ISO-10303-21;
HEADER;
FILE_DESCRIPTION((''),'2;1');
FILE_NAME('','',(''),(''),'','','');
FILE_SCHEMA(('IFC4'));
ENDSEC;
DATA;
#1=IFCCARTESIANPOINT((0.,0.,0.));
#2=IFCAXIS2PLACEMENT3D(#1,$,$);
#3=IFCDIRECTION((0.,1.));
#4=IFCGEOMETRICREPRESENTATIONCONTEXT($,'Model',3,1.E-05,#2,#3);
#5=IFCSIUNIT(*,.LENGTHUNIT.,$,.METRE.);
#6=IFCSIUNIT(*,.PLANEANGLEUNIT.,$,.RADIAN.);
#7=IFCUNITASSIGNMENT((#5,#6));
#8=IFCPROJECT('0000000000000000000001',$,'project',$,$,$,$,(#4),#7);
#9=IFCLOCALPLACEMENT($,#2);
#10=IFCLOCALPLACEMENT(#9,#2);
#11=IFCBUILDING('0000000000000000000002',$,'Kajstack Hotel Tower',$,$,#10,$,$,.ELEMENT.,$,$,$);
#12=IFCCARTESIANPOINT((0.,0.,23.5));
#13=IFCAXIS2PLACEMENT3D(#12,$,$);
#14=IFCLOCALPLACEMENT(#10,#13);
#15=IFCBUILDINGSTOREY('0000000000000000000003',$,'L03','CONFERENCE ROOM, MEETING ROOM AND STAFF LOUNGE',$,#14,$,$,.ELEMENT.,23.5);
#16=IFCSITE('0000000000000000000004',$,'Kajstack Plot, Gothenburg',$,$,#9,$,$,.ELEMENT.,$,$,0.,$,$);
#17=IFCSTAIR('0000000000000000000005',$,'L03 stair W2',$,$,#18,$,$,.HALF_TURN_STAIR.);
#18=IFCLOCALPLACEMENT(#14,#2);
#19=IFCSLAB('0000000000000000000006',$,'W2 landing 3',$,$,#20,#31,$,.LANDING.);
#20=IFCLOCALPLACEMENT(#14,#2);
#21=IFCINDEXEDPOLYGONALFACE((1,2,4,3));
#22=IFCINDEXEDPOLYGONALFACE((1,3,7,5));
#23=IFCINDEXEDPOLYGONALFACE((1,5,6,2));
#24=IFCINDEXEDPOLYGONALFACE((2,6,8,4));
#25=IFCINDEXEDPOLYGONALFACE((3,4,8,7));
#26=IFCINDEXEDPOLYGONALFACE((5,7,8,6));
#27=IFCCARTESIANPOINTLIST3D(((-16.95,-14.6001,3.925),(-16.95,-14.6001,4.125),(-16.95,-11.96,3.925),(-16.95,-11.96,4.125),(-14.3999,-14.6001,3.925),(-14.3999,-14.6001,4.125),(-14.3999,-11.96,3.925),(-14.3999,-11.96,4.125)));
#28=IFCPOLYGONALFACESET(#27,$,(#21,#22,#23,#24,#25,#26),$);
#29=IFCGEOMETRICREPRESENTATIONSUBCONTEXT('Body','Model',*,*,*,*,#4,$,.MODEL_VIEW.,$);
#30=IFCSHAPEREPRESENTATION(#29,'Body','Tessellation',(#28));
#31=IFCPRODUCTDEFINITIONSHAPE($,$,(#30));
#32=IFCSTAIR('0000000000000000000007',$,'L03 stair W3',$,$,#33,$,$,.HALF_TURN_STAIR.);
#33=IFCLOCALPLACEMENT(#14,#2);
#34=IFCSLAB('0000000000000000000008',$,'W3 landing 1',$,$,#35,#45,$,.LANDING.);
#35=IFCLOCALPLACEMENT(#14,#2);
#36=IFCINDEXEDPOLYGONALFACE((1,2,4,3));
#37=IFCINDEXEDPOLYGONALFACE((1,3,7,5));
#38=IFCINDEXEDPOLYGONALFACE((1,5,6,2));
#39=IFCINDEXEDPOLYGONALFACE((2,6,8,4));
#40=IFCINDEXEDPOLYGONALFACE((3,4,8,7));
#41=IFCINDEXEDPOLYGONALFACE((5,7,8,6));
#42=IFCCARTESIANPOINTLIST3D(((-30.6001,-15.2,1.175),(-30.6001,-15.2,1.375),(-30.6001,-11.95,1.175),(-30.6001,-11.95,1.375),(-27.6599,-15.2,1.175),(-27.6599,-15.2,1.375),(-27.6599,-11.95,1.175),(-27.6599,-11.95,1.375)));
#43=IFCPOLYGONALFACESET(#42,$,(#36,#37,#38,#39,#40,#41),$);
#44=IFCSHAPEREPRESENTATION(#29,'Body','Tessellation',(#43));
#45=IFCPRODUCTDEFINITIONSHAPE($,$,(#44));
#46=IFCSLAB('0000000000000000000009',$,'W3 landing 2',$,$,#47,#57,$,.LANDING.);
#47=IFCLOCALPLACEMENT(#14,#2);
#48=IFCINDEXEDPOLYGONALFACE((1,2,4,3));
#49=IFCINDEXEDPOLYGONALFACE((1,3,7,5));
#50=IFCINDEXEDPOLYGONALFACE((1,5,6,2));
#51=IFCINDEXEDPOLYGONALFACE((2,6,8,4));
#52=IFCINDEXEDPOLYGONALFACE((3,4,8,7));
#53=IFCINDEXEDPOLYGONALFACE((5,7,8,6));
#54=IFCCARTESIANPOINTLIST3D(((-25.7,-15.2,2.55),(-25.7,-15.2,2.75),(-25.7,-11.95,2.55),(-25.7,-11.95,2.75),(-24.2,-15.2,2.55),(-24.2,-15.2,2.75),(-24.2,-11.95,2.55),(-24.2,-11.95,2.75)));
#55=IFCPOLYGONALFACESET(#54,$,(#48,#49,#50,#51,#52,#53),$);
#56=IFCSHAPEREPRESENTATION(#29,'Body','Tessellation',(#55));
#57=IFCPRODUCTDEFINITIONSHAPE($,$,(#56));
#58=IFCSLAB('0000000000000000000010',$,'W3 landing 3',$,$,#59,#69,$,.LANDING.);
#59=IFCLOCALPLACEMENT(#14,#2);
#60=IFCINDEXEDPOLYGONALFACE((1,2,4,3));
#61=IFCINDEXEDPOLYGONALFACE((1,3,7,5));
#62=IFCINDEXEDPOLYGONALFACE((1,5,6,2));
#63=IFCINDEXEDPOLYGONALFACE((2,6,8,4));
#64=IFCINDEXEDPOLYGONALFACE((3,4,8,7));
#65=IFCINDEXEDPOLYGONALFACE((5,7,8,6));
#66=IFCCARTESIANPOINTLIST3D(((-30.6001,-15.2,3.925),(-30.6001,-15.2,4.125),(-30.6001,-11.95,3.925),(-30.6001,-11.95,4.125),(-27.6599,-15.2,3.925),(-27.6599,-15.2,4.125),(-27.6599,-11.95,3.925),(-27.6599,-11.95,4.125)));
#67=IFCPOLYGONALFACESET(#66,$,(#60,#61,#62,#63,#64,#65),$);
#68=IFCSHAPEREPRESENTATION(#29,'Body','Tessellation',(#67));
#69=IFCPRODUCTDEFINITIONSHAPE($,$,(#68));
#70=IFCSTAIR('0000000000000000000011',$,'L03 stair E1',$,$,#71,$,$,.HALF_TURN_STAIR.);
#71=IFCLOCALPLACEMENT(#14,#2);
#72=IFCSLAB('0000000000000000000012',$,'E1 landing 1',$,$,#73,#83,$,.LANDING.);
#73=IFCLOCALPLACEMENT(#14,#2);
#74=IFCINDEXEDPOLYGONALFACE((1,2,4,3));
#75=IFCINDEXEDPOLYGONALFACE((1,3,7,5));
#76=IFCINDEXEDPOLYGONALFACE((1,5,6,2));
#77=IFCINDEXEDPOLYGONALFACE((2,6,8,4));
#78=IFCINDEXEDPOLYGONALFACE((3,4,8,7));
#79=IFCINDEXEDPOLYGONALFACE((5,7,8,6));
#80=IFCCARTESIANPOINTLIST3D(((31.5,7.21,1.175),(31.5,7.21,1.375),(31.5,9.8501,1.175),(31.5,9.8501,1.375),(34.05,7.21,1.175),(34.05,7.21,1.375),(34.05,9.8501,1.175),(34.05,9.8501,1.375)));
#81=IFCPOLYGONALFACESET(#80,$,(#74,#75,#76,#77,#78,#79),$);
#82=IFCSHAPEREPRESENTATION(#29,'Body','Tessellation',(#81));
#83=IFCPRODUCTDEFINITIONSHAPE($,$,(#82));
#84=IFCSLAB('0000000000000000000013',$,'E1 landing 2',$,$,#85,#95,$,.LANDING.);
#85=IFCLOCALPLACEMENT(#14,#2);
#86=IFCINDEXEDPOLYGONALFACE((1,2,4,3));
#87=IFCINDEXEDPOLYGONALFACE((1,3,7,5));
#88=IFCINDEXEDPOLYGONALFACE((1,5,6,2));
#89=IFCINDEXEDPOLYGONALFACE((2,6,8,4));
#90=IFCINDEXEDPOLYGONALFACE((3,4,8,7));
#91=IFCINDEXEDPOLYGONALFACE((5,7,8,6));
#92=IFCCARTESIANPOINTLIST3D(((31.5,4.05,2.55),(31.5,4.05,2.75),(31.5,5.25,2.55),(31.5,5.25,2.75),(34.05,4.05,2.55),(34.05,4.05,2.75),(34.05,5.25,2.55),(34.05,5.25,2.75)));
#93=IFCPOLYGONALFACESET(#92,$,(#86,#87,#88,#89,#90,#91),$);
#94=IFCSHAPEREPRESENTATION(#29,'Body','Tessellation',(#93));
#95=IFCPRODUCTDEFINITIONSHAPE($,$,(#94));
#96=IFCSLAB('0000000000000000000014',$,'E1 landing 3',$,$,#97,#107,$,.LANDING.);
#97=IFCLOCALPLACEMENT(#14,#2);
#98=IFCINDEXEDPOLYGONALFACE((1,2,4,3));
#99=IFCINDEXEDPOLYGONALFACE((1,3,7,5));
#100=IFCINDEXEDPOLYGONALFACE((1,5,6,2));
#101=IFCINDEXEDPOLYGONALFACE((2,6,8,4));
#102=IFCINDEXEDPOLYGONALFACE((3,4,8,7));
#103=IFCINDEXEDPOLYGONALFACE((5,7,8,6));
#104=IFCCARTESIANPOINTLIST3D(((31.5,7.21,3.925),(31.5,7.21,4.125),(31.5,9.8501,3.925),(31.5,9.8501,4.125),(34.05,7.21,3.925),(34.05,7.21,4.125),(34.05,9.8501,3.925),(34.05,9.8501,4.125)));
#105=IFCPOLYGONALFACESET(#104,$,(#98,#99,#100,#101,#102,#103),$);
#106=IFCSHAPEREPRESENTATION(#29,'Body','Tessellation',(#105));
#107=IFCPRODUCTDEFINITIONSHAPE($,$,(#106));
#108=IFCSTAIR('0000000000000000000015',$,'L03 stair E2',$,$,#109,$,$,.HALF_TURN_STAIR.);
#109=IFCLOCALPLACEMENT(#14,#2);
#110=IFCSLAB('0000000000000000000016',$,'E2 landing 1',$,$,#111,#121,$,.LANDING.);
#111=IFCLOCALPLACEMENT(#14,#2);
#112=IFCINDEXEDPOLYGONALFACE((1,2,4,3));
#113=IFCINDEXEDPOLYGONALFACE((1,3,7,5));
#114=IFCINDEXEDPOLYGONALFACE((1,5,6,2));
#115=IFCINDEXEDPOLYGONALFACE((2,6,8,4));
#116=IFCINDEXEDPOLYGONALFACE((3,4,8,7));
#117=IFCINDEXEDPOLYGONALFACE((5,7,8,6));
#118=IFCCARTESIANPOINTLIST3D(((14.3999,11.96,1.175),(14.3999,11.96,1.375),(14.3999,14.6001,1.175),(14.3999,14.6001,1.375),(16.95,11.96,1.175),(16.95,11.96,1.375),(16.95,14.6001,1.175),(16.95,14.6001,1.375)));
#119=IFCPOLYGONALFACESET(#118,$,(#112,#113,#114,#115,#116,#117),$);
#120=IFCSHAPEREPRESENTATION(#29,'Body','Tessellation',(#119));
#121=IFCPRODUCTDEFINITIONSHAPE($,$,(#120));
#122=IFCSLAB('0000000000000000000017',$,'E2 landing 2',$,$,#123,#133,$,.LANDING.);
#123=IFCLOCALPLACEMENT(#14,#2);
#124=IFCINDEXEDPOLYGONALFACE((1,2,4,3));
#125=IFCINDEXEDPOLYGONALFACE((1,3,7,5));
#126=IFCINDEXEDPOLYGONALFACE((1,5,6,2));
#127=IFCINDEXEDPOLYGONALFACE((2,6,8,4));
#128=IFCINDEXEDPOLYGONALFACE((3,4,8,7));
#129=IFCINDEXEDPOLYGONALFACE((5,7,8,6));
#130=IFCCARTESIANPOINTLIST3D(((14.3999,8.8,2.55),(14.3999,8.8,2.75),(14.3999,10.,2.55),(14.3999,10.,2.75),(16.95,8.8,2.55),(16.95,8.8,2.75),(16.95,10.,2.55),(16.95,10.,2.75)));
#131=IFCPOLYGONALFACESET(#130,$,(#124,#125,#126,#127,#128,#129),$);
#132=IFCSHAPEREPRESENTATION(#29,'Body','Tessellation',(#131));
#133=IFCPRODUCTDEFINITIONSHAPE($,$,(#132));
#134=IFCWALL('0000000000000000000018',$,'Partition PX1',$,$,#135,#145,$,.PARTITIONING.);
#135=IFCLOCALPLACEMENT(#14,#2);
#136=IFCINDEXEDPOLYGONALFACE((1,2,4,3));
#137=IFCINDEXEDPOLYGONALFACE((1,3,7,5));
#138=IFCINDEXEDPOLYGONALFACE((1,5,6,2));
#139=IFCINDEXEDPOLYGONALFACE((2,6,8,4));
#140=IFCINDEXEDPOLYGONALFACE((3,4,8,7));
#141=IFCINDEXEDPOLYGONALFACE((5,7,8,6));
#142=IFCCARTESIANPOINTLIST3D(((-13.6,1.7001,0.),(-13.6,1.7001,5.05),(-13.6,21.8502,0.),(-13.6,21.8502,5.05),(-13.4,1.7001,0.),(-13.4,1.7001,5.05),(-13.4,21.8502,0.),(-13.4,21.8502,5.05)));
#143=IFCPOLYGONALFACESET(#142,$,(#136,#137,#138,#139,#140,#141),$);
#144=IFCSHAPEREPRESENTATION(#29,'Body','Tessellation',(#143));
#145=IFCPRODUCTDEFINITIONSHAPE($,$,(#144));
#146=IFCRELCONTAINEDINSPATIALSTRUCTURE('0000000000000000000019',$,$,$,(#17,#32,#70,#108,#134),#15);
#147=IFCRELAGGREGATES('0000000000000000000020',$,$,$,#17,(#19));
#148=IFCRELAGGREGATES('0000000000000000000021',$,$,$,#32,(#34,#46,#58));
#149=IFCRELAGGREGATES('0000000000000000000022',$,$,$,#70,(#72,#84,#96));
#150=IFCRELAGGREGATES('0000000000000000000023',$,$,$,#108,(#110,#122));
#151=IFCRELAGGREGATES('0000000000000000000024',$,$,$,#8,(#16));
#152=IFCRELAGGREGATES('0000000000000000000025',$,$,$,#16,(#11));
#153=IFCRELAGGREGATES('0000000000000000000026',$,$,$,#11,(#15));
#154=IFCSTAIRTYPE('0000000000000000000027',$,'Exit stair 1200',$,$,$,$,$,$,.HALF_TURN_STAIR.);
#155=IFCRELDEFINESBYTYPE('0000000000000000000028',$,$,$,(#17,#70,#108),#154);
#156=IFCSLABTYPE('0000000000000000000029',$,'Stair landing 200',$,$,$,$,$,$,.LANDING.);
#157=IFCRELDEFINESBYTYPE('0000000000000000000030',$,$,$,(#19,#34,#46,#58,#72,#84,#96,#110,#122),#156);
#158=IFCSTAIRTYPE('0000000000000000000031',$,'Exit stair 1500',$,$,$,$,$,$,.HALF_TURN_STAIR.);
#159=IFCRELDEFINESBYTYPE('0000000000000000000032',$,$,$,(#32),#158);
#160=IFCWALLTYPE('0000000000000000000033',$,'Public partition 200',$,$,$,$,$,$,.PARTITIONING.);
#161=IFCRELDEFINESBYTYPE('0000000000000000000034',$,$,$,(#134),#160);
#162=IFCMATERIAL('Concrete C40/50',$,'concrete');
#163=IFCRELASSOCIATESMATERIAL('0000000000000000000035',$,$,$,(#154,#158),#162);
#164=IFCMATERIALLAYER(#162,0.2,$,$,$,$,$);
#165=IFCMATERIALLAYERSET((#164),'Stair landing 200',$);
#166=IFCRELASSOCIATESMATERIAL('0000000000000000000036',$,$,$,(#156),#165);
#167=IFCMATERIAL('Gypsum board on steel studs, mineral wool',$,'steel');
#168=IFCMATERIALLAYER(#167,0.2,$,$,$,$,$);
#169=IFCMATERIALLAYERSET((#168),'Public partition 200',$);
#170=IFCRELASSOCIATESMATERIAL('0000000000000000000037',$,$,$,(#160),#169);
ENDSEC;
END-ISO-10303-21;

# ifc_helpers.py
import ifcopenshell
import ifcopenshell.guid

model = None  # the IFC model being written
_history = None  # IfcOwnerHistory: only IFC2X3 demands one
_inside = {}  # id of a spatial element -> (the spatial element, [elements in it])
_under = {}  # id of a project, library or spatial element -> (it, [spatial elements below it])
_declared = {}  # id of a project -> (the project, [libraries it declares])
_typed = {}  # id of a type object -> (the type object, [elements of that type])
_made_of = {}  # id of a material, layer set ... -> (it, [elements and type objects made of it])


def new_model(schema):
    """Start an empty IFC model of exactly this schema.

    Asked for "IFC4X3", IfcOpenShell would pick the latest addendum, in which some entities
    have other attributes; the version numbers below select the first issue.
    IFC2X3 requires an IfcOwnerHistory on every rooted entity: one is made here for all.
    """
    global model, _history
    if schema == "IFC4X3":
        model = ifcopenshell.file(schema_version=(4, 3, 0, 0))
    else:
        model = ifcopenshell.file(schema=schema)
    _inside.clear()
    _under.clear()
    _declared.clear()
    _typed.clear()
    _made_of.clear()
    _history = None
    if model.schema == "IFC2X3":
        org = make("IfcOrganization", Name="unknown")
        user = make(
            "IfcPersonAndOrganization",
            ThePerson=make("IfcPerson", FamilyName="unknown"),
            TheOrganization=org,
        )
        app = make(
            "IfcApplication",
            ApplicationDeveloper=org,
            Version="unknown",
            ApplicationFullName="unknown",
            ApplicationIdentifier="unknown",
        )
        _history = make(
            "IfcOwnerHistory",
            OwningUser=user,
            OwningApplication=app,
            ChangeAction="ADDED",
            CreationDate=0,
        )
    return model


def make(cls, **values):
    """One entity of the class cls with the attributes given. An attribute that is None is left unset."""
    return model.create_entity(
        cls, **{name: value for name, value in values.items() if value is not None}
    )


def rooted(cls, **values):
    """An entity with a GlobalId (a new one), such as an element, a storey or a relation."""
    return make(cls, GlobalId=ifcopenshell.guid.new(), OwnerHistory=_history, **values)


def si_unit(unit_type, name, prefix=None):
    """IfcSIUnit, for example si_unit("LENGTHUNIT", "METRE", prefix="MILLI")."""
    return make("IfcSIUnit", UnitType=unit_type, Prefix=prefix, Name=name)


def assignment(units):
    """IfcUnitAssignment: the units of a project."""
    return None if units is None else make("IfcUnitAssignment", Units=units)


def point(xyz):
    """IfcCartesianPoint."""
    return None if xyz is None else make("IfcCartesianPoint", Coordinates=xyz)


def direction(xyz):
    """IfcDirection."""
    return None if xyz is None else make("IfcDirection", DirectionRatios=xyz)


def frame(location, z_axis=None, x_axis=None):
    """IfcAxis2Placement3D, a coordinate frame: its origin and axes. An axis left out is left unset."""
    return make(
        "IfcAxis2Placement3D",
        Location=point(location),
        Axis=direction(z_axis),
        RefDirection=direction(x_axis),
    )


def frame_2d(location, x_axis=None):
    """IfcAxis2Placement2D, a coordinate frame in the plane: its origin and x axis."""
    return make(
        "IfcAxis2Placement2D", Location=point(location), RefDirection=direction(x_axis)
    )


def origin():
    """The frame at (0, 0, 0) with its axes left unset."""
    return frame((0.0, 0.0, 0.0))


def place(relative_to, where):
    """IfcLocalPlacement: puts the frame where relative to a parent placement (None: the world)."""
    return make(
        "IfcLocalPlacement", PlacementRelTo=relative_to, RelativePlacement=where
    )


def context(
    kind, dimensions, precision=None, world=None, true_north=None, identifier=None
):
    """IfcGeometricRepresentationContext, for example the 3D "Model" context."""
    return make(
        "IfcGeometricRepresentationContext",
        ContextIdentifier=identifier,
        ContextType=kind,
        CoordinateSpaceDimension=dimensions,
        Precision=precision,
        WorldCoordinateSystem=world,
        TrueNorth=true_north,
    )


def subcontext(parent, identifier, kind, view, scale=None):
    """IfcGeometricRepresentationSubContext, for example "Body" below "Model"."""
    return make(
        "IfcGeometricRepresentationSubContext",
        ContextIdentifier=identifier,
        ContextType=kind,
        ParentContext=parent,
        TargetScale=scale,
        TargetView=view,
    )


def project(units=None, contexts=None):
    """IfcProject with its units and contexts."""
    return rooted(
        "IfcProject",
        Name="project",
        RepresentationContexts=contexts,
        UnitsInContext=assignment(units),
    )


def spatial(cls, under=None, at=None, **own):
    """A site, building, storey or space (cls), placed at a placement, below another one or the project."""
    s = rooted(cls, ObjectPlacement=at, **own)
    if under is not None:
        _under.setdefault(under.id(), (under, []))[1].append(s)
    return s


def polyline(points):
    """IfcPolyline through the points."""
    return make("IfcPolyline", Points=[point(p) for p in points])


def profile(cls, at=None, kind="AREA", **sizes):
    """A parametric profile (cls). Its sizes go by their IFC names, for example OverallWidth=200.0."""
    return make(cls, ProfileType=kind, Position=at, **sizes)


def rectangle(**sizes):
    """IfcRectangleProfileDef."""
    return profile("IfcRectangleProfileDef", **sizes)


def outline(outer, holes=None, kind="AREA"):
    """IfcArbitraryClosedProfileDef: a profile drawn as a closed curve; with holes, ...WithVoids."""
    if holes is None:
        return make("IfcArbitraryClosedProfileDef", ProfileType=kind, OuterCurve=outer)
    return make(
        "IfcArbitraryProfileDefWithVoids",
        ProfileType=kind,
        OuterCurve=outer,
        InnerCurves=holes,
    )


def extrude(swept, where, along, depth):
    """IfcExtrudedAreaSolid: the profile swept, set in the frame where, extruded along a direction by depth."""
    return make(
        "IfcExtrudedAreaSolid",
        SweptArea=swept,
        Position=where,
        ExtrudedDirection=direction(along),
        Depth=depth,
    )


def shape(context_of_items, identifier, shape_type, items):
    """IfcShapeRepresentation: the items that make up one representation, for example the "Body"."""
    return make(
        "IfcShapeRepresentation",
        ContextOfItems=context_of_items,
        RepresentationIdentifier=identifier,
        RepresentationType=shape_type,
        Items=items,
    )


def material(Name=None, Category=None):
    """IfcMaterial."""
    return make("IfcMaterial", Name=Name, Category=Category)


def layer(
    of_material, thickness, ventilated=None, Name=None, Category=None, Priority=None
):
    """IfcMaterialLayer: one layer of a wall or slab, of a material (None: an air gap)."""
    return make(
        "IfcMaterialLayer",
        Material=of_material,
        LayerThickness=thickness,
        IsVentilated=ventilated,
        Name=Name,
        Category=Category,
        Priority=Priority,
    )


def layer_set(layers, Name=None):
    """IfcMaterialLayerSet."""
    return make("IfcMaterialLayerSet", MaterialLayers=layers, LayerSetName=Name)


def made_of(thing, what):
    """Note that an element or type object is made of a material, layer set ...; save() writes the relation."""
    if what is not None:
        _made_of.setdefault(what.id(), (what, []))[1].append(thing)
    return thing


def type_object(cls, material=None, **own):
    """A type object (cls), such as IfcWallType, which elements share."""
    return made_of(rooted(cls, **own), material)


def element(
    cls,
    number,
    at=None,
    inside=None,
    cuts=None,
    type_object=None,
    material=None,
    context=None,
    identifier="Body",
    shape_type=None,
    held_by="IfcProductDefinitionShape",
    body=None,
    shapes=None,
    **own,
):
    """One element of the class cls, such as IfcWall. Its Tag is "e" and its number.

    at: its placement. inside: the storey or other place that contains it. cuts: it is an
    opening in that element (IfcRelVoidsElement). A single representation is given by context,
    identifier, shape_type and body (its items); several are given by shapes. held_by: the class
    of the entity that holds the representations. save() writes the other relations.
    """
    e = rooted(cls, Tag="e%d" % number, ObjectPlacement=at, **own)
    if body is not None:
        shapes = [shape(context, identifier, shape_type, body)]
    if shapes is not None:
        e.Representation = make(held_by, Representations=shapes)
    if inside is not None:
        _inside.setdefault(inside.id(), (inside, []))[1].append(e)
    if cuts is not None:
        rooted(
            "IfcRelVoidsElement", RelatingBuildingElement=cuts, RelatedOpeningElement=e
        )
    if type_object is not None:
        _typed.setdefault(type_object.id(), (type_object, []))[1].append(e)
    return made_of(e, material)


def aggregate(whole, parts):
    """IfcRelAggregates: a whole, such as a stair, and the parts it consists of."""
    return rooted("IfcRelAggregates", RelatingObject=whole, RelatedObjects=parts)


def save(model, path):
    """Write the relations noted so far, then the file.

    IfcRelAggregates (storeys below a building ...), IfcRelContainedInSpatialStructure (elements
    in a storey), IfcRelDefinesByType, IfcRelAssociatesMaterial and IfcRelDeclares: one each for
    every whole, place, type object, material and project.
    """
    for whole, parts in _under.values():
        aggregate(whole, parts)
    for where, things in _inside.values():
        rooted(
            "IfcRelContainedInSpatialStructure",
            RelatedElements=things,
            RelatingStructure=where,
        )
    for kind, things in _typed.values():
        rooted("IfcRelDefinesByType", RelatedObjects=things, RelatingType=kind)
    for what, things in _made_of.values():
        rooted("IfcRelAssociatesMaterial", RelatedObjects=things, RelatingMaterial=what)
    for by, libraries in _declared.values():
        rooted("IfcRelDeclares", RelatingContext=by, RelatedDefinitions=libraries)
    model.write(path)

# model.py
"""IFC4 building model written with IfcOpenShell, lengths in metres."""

from ifc_helpers import new_model, si_unit, direction, frame, frame_2d, origin, place, context, subcontext, project, spatial, polyline, rectangle, outline, extrude, material, layer, layer_set, type_object, element, aggregate, save


model = new_model("IFC4")

# Units and contexts
model_context = context("Model", 3, precision=1e-05, world=origin(), true_north=direction((0.0, 1.0)))
body_context = subcontext(model_context, "Body", "Model", "MODEL_VIEW")
ifc_project = project(units=[si_unit("LENGTHUNIT", "METRE"), si_unit("PLANEANGLEUNIT", "RADIAN")], contexts=[model_context])

# Site, building, storey
site_placement = place(None, origin())
site = spatial("IfcSite", under=ifc_project, at=site_placement, Name="Kajstack Plot, Gothenburg", CompositionType="ELEMENT", RefElevation=0.0)
building_placement = place(site_placement, origin())
building = spatial("IfcBuilding", under=site, at=building_placement, Name="Kajstack Hotel Tower", CompositionType="ELEMENT")
storey_placement = place(building_placement, frame((0.0, 0.0, 23.5)))
storey = spatial("IfcBuildingStorey", under=building, at=storey_placement, Name="L03", Description="CONFERENCE ROOM, MEETING ROOM AND STAFF LOUNGE", CompositionType="ELEMENT", Elevation=23.5)

# Stairs, slabs
ifc_material_1 = material(Name="Concrete C40/50", Category="concrete")
stair_type_1 = type_object("IfcStairType", Name="Exit stair 1200", PredefinedType="HALF_TURN_STAIR", material=ifc_material_1)
stair_1_placement = place(storey_placement, origin())
stair_1 = element("IfcStair", 1, at=stair_1_placement, inside=storey, type_object=stair_type_1, Name="L03 stair W2", PredefinedType="HALF_TURN_STAIR")
ifc_layer_1 = layer(ifc_material_1, 0.2)
ifc_layer_set_1 = layer_set([ifc_layer_1], Name="Stair landing 200")
slab_type = type_object("IfcSlabType", Name="Stair landing 200", PredefinedType="LANDING", material=ifc_layer_set_1)
slab_1_placement = place(storey_placement, frame((0.0, 0.0, 3.925)))
slab_1 = element("IfcSlab", 2, at=slab_1_placement, type_object=slab_type, Name="W2 landing 3", PredefinedType="LANDING", context=body_context, shape_type="SweptSolid", body=[
    extrude(outline(polyline([(-16.95, -11.96), (-16.95, -14.6001), (-14.3999, -14.6001), (-14.3999, -11.96), (-16.95, -11.96)])), origin(), (0.0, 0.0, 1.0), 0.2),
])
aggregate(stair_1, [slab_1])
stair_type_2 = type_object("IfcStairType", Name="Exit stair 1500", PredefinedType="HALF_TURN_STAIR", material=ifc_material_1)
stair_2_placement = place(storey_placement, origin())
stair_2 = element("IfcStair", 3, at=stair_2_placement, inside=storey, type_object=stair_type_2, Name="L03 stair W3", PredefinedType="HALF_TURN_STAIR")
slab_2_placement = place(storey_placement, frame((0.0, 0.0, 1.175)))
slab_2 = element("IfcSlab", 4, at=slab_2_placement, type_object=slab_type, Name="W3 landing 1", PredefinedType="LANDING", context=body_context, shape_type="SweptSolid", body=[
    extrude(outline(polyline([(-27.6599, -11.95), (-30.6001, -11.95), (-30.6001, -15.2), (-27.6599, -15.2), (-27.6599, -11.95)])), origin(), (0.0, 0.0, 1.0), 0.2),
])
slab_3_placement = place(storey_placement, frame((0.0, 0.0, 2.55)))
slab_3 = element("IfcSlab", 5, at=slab_3_placement, type_object=slab_type, Name="W3 landing 2", PredefinedType="LANDING", context=body_context, shape_type="SweptSolid", body=[
    extrude(outline(polyline([(-24.2, -11.95), (-25.7, -11.95), (-25.7, -15.2), (-24.2, -15.2), (-24.2, -11.95)])), origin(), (0.0, 0.0, 1.0), 0.2),
])
slab_4_placement = place(storey_placement, frame((0.0, 0.0, 3.925)))
slab_4 = element("IfcSlab", 6, at=slab_4_placement, type_object=slab_type, Name="W3 landing 3", PredefinedType="LANDING", context=body_context, shape_type="SweptSolid", body=[
    extrude(outline(polyline([(-27.6599, -11.95), (-30.6001, -11.95), (-30.6001, -15.2), (-27.6599, -15.2), (-27.6599, -11.95)])), origin(), (0.0, 0.0, 1.0), 0.2),
])
aggregate(stair_2, [slab_2, slab_3, slab_4])
stair_3_placement = place(storey_placement, origin())
stair_3 = element("IfcStair", 7, at=stair_3_placement, inside=storey, type_object=stair_type_1, Name="L03 stair E1", PredefinedType="HALF_TURN_STAIR")
slab_5_placement = place(storey_placement, frame((0.0, 0.0, 1.175)))
slab_5 = element("IfcSlab", 8, at=slab_5_placement, type_object=slab_type, Name="E1 landing 1", PredefinedType="LANDING", context=body_context, shape_type="SweptSolid", body=[
    extrude(outline(polyline([(34.05, 7.21), (34.05, 9.8501), (31.5, 9.8501), (31.5, 7.21), (34.05, 7.21)])), origin(), (0.0, 0.0, 1.0), 0.2),
])
slab_6_placement = place(storey_placement, frame((0.0, 0.0, 2.55)))
slab_6 = element("IfcSlab", 9, at=slab_6_placement, type_object=slab_type, Name="E1 landing 2", PredefinedType="LANDING", context=body_context, shape_type="SweptSolid", body=[
    extrude(outline(polyline([(34.05, 4.05), (34.05, 5.25), (31.5, 5.25), (31.5, 4.05), (34.05, 4.05)])), origin(), (0.0, 0.0, 1.0), 0.2),
])
slab_7_placement = place(storey_placement, frame((0.0, 0.0, 3.925)))
slab_7 = element("IfcSlab", 10, at=slab_7_placement, type_object=slab_type, Name="E1 landing 3", PredefinedType="LANDING", context=body_context, shape_type="SweptSolid", body=[
    extrude(outline(polyline([(34.05, 7.21), (34.05, 9.8501), (31.5, 9.8501), (31.5, 7.21), (34.05, 7.21)])), origin(), (0.0, 0.0, 1.0), 0.2),
])
aggregate(stair_3, [slab_5, slab_6, slab_7])
stair_4_placement = place(storey_placement, origin())
stair_4 = element("IfcStair", 11, at=stair_4_placement, inside=storey, type_object=stair_type_1, Name="L03 stair E2", PredefinedType="HALF_TURN_STAIR")
slab_8_placement = place(storey_placement, frame((0.0, 0.0, 1.175)))
slab_8 = element("IfcSlab", 12, at=slab_8_placement, type_object=slab_type, Name="E2 landing 1", PredefinedType="LANDING", context=body_context, shape_type="SweptSolid", body=[
    extrude(outline(polyline([(16.95, 11.96), (16.95, 14.6001), (14.3999, 14.6001), (14.3999, 11.96), (16.95, 11.96)])), origin(), (0.0, 0.0, 1.0), 0.2),
])
slab_9_placement = place(storey_placement, frame((0.0, 0.0, 2.55)))
slab_9 = element("IfcSlab", 13, at=slab_9_placement, type_object=slab_type, Name="E2 landing 2", PredefinedType="LANDING", context=body_context, shape_type="SweptSolid", body=[
    extrude(outline(polyline([(16.95, 8.8), (16.95, 10.0), (14.3999, 10.0), (14.3999, 8.8), (16.95, 8.8)])), origin(), (0.0, 0.0, 1.0), 0.2),
])
aggregate(stair_4, [slab_8, slab_9])

# Wall
ifc_material_2 = material(Name="Gypsum board on steel studs, mineral wool", Category="steel")
ifc_layer_2 = layer(ifc_material_2, 0.2)
ifc_layer_set_2 = layer_set([ifc_layer_2], Name="Public partition 200")
wall_type = type_object("IfcWallType", Name="Public partition 200", PredefinedType="PARTITIONING", material=ifc_layer_set_2)
wall_placement = place(storey_placement, frame((-13.5, 1.7, 0.0), z_axis=(0.0, 0.0, 1.0), x_axis=(0.0, 1.0, 0.0)))
element("IfcWall", 14, at=wall_placement, inside=storey, type_object=wall_type, Name="Partition PX1", PredefinedType="PARTITIONING", context=body_context, shape_type="SweptSolid", body=[
    extrude(rectangle(XDim=20.1501, YDim=0.2, at=frame_2d((10.0752, 0.0))), origin(), (0.0, 0.0, 1.0), 5.05),
])

save(model, "model.ifc")
